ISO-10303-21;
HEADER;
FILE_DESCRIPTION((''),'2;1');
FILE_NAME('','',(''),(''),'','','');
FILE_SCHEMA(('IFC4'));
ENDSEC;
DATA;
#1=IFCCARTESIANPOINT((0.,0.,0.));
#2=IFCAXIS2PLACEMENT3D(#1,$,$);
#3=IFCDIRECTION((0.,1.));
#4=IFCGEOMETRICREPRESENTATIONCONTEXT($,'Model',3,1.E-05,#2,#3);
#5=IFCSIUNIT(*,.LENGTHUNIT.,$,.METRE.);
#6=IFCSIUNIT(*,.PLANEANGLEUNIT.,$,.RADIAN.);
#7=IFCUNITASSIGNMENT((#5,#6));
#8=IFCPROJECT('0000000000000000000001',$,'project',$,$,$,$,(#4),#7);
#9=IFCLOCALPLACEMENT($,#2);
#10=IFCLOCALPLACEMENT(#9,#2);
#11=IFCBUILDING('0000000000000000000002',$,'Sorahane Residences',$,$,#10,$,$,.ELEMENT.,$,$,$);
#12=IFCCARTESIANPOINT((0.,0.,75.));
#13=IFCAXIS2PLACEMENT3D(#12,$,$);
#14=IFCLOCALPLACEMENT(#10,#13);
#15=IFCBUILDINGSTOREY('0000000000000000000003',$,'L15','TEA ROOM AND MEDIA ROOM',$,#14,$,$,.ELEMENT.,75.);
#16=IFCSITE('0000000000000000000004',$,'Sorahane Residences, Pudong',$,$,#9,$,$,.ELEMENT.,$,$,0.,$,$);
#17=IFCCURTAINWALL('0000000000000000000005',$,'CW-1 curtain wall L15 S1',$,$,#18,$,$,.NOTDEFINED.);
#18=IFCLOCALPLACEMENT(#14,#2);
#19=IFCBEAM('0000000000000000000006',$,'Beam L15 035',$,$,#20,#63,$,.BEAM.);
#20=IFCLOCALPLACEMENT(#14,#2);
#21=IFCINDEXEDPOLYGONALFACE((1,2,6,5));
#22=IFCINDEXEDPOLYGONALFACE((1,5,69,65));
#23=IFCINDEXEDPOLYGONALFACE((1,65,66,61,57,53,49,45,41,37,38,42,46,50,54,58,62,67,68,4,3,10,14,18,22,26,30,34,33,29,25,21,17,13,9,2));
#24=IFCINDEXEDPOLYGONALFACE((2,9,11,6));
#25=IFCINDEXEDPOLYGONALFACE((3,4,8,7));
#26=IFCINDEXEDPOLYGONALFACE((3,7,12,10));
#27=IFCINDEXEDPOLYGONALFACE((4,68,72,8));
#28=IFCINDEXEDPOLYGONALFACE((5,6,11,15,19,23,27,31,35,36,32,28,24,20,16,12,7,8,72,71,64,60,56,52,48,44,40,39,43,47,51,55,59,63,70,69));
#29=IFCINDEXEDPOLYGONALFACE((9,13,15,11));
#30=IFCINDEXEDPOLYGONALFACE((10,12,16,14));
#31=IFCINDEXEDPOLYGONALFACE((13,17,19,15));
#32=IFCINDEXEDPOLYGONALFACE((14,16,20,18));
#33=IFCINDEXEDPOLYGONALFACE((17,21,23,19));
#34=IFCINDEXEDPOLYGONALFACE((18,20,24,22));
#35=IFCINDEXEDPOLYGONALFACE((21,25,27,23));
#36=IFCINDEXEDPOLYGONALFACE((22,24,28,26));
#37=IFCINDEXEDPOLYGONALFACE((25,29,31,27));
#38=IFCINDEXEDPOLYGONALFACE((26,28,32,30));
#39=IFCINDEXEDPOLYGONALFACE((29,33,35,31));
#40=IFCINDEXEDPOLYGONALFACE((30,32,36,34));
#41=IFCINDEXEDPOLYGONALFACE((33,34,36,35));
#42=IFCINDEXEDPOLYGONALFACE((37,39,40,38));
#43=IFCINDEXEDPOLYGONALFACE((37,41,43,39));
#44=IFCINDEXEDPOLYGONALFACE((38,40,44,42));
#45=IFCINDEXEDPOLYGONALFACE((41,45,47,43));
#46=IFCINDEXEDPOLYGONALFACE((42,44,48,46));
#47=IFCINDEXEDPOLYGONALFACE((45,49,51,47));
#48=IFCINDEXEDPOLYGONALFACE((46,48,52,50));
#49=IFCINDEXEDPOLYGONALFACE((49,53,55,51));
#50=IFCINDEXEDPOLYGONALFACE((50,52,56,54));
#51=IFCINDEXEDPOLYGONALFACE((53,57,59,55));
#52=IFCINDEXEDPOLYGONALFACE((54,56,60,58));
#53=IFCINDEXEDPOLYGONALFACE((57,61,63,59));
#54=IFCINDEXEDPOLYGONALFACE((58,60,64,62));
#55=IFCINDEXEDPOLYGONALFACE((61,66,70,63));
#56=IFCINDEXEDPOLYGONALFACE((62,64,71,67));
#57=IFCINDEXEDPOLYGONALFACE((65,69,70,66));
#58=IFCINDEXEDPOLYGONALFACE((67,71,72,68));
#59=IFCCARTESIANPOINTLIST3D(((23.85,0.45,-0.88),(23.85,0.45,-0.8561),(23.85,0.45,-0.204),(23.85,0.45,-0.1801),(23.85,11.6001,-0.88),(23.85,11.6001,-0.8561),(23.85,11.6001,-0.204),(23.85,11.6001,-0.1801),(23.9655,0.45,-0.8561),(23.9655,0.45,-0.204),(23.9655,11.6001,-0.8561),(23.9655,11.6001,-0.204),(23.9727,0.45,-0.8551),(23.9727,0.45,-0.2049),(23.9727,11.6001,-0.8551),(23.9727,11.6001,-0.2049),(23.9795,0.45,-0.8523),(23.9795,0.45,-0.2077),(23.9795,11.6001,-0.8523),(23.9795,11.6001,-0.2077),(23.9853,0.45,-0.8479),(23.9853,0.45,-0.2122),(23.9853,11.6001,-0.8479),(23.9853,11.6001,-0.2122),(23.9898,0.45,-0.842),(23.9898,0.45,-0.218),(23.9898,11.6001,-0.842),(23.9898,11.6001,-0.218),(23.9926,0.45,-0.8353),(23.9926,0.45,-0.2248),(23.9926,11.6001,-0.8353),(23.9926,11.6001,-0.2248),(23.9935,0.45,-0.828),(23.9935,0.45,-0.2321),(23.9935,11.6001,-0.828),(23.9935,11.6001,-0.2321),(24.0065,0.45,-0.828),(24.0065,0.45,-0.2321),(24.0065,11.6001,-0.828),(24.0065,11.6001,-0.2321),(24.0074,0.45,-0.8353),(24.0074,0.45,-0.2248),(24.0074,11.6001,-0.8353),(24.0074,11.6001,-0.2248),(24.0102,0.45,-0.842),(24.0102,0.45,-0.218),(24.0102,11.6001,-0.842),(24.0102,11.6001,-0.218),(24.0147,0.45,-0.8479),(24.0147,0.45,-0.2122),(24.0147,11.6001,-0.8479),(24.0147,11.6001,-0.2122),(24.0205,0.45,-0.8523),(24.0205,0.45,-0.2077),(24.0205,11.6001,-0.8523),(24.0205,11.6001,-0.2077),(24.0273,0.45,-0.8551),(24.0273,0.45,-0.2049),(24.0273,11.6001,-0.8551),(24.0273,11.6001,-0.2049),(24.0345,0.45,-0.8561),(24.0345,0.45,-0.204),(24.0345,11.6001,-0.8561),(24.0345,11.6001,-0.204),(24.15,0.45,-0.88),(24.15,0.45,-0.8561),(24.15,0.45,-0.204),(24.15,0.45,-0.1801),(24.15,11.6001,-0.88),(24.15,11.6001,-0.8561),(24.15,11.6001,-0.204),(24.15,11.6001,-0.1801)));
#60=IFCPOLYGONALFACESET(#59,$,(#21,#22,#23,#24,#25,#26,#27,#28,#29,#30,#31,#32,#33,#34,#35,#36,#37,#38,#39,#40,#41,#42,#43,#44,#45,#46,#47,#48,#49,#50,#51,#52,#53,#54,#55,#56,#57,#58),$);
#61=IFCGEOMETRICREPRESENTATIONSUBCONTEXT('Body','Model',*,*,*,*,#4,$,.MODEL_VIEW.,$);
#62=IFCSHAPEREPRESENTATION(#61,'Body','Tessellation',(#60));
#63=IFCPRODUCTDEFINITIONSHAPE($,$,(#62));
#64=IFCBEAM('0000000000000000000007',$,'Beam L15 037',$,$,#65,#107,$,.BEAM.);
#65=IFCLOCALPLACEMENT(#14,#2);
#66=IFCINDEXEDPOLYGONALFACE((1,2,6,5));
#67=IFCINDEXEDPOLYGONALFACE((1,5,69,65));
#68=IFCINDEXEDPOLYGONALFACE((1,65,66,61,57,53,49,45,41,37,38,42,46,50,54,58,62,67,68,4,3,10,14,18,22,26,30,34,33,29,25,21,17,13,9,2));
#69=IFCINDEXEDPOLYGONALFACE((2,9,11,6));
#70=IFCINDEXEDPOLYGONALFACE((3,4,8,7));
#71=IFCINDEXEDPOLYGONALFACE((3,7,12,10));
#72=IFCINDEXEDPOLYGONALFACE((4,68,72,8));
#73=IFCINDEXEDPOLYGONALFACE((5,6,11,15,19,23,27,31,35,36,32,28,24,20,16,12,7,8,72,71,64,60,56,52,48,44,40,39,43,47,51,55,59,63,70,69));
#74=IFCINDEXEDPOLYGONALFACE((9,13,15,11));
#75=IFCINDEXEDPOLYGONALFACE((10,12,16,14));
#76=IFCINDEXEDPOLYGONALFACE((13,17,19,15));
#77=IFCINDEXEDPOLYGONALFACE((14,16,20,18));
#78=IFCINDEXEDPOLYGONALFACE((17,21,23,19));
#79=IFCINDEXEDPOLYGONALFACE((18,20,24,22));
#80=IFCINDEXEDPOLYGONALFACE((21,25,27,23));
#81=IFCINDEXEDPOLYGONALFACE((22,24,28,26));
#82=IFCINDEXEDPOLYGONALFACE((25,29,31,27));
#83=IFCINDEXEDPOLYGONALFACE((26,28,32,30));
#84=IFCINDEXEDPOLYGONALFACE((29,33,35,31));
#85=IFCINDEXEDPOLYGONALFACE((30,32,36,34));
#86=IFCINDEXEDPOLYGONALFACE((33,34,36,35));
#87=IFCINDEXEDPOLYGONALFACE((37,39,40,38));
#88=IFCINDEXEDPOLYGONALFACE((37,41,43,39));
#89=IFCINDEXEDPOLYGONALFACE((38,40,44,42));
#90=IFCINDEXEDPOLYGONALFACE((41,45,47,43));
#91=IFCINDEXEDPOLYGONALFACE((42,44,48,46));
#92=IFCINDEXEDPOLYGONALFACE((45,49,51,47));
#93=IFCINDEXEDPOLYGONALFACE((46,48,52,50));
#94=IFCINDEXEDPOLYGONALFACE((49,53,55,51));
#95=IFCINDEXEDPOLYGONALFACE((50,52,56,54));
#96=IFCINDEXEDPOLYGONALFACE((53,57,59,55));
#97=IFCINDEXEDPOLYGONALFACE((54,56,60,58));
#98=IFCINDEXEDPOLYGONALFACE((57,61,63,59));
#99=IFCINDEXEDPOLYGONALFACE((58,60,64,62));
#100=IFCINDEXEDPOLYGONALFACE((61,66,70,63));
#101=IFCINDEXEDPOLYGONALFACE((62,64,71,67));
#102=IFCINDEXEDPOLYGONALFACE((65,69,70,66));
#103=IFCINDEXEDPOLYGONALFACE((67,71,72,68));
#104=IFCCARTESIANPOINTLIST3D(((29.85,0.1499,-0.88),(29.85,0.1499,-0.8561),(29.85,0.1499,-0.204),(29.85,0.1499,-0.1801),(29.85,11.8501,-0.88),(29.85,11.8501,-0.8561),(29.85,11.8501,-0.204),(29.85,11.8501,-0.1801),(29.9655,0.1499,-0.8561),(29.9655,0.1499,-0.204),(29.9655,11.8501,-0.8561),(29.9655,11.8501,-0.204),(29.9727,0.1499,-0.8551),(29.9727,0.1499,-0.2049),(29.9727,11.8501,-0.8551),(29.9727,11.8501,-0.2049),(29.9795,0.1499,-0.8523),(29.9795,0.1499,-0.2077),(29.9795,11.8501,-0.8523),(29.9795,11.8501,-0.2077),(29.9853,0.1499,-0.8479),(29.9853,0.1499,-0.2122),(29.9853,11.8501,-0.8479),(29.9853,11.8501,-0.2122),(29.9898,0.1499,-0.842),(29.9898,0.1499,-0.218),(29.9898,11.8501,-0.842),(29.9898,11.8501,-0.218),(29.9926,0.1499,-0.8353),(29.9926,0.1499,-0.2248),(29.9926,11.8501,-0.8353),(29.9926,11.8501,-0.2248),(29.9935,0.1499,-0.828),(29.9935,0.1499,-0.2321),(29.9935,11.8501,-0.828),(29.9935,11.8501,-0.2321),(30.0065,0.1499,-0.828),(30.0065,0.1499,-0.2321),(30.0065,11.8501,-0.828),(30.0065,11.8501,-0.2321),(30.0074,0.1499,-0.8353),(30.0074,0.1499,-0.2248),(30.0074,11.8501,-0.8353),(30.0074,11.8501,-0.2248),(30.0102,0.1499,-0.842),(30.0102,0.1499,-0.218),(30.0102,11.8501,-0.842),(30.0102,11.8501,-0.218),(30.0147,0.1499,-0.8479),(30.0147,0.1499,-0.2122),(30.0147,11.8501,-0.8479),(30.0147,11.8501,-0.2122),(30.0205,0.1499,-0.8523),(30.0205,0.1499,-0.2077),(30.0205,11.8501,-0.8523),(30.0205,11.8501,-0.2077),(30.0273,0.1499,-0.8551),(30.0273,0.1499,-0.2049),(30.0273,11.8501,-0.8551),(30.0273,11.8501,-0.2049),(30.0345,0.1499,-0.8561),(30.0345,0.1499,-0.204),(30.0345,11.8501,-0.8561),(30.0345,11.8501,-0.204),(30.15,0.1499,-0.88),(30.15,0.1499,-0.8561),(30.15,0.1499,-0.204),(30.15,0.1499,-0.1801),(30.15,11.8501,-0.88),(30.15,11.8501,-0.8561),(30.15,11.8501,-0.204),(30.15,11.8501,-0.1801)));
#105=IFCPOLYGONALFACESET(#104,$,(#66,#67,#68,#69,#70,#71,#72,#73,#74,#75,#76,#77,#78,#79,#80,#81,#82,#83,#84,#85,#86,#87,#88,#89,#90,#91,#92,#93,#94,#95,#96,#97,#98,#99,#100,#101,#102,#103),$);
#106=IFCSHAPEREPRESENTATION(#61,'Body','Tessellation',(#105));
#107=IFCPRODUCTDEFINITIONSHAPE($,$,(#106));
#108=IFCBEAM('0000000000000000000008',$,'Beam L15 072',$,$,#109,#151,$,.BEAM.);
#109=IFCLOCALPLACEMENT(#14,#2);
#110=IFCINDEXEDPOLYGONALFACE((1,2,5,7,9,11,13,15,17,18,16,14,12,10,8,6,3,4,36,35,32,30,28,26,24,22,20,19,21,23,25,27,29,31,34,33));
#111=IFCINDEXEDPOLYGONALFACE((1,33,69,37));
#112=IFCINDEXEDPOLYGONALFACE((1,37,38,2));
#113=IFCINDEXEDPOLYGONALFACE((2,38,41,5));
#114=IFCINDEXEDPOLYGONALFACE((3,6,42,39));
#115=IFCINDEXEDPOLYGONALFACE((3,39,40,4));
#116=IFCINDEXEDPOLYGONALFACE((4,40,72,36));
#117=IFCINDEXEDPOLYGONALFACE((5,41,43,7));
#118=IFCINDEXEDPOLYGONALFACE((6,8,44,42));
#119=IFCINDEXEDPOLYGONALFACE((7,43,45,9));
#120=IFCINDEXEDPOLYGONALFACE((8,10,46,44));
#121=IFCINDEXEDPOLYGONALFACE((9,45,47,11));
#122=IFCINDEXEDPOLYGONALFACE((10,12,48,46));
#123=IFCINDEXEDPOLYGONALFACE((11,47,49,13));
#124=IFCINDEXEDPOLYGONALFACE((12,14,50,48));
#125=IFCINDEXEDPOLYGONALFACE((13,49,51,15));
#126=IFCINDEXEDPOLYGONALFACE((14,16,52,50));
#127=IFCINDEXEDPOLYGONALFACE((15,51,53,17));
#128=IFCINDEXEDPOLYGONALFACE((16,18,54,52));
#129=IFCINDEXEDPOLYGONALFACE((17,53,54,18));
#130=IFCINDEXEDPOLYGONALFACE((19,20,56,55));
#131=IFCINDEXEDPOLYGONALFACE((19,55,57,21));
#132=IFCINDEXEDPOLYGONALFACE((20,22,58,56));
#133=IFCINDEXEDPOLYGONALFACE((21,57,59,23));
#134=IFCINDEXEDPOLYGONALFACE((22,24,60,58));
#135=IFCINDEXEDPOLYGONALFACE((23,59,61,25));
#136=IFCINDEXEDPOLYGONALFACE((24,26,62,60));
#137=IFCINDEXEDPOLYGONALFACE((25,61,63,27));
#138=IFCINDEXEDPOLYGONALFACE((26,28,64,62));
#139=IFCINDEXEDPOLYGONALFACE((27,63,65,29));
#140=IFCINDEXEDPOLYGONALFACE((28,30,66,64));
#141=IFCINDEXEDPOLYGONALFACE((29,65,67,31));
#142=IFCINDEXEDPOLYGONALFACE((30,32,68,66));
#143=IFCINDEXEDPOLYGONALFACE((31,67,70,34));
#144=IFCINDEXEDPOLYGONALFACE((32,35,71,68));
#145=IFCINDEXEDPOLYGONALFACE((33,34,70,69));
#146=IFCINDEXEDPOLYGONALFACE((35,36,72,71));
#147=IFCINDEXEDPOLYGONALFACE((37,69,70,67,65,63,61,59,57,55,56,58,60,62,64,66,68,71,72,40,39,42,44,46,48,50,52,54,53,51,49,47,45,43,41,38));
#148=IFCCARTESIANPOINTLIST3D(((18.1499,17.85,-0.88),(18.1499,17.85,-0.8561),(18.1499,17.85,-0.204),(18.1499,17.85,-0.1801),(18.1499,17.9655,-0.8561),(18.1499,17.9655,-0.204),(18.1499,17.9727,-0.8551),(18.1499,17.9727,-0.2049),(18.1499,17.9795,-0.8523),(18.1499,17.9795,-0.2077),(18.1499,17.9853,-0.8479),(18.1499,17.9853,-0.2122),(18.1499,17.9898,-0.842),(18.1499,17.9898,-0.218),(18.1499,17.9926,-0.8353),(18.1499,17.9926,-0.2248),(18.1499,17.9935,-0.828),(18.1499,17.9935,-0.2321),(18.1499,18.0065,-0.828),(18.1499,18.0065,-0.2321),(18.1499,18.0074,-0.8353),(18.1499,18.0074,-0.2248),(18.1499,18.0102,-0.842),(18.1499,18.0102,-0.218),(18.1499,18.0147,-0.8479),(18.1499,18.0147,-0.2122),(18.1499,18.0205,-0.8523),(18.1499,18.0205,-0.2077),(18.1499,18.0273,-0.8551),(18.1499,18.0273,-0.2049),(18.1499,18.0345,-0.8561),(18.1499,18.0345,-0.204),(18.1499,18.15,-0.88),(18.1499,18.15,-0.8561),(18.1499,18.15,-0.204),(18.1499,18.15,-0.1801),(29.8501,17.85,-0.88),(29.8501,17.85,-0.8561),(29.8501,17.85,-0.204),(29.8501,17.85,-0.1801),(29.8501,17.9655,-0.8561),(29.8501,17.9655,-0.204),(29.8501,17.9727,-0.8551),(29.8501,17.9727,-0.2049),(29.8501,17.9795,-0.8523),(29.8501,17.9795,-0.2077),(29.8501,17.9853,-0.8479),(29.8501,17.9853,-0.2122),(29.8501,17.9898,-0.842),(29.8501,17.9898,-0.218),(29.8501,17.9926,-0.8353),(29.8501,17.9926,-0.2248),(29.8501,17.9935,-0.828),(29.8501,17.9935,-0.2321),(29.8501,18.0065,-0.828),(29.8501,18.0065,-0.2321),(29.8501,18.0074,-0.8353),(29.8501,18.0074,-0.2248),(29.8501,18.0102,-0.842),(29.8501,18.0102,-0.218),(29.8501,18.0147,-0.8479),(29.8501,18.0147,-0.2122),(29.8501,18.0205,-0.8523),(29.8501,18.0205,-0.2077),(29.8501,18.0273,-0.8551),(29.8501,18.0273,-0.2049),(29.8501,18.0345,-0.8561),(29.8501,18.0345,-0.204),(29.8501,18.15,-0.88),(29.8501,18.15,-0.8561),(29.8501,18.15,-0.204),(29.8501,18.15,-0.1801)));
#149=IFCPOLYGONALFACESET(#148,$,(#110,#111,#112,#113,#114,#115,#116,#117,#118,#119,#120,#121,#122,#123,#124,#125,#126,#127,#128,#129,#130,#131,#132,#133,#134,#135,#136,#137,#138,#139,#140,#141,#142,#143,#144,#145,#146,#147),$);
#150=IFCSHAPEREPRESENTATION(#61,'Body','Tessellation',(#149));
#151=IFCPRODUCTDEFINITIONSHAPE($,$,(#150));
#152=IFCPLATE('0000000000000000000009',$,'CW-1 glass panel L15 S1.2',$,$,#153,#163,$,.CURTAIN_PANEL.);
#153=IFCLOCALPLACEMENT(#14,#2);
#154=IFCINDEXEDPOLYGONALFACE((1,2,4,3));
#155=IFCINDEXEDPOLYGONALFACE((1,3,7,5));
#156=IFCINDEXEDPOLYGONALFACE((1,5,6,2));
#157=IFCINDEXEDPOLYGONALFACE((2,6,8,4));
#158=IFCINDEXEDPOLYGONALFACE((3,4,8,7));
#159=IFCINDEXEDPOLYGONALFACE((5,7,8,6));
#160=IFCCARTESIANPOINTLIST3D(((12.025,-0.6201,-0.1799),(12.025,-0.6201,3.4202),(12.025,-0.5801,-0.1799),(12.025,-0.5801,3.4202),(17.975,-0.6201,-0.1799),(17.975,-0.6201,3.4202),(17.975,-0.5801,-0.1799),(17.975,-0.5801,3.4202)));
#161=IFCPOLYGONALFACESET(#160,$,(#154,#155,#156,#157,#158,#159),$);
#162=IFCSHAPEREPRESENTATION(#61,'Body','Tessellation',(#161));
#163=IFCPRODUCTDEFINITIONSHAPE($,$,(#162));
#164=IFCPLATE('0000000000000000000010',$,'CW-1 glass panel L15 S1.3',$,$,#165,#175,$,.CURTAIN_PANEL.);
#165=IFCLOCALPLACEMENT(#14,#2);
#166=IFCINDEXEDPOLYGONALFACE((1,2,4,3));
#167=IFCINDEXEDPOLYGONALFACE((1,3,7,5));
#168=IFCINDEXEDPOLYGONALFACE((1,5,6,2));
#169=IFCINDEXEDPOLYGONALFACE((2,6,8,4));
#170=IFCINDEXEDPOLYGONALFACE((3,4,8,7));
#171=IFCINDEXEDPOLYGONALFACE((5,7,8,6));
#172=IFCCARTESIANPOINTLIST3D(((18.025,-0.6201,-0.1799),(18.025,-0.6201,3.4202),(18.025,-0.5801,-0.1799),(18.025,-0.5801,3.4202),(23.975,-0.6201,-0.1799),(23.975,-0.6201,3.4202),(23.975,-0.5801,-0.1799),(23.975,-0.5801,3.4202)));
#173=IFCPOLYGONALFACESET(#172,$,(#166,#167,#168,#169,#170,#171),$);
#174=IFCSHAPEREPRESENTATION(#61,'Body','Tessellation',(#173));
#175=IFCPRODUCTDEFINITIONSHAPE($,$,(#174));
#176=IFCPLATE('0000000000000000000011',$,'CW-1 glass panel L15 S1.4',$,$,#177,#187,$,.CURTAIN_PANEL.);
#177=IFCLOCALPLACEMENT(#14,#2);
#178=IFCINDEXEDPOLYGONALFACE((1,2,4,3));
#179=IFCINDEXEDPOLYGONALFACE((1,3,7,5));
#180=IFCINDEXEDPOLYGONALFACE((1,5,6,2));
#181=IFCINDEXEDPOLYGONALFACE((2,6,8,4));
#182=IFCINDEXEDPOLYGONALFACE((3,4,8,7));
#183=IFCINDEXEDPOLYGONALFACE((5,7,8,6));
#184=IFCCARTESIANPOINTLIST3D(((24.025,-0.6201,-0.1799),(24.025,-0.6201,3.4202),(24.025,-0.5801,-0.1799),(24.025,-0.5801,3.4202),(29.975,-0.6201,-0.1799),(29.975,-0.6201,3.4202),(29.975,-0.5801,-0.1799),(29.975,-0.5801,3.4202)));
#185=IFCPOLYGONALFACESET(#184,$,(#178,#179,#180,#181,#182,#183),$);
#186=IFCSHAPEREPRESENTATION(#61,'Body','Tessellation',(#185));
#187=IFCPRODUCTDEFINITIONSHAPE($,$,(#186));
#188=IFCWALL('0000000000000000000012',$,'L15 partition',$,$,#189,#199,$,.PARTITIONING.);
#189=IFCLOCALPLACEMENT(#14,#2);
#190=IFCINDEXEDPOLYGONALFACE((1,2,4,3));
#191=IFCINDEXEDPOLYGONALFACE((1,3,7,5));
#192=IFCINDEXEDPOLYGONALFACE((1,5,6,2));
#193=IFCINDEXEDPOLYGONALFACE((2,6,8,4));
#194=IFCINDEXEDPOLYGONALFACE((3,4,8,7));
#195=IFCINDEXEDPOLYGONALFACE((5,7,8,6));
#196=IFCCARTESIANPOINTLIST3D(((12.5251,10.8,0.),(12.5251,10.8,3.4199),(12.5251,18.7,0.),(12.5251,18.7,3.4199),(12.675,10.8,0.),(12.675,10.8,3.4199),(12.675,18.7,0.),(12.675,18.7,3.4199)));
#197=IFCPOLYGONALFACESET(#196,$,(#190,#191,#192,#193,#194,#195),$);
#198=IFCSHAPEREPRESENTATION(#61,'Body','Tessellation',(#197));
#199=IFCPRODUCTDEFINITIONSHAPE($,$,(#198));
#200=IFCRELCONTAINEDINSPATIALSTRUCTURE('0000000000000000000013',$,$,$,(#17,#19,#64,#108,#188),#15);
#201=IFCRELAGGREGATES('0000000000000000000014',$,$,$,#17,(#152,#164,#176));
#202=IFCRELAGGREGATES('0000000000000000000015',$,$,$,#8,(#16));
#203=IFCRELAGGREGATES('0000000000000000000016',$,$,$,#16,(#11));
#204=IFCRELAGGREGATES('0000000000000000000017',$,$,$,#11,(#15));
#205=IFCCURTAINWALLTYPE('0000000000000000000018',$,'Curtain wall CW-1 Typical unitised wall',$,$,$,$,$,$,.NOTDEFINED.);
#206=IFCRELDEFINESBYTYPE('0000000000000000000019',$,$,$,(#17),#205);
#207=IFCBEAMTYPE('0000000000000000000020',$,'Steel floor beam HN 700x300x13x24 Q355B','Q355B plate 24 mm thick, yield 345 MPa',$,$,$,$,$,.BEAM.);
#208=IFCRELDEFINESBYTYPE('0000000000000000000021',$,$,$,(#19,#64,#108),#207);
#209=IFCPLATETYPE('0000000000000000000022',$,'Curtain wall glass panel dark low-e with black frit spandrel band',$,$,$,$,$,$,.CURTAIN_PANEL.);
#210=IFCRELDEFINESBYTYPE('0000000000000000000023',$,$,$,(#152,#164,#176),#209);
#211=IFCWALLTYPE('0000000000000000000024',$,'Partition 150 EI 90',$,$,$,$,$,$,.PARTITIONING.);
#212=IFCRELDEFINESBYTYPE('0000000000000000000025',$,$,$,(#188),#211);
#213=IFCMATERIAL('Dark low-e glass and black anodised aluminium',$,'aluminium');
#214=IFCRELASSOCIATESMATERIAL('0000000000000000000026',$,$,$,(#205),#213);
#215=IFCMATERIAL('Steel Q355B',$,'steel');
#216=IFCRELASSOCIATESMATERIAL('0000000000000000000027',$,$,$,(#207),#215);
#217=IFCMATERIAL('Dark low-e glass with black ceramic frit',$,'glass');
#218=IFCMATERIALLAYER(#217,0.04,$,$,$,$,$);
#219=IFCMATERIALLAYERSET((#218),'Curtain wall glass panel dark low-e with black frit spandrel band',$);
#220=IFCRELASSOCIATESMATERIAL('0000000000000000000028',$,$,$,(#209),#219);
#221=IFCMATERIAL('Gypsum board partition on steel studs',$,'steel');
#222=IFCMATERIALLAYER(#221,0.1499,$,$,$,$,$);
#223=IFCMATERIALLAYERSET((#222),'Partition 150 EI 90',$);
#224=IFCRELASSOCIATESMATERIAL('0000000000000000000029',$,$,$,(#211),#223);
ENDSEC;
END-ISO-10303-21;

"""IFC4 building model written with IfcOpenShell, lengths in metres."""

from ifc_helpers import new_model, si_unit, direction, frame, frame_2d, origin, origin_2d, place, context, subcontext, project, spatial, rectangle, i_section, extrude, material, layer, layer_set, material_profile, profile_set, type_object, element, aggregate, save


model = new_model("IFC4")

# Units and contexts
model_context = context("Model", 3, precision=1e-05, world=origin(), true_north=direction((0.0, 1.0)))
body_context = subcontext(model_context, "Body", "Model", "MODEL_VIEW")
ifc_project = project(units=[si_unit("LENGTHUNIT", "METRE"), si_unit("PLANEANGLEUNIT", "RADIAN")], contexts=[model_context])

# Site, building, storey
site_placement = place(None, origin())
site = spatial("IfcSite", under=ifc_project, at=site_placement, Name="Sorahane Residences, Pudong", CompositionType="ELEMENT", RefElevation=0.0)
building_placement = place(site_placement, origin())
building = spatial("IfcBuilding", under=site, at=building_placement, Name="Sorahane Residences", CompositionType="ELEMENT")
storey_placement = place(building_placement, frame((0.0, 0.0, 75.0)))
storey = spatial("IfcBuildingStorey", under=building, at=storey_placement, Name="L15", Description="TEA ROOM AND MEDIA ROOM", CompositionType="ELEMENT", Elevation=75.0)

# Curtain wall
ifc_material_1 = material(Name="Dark low-e glass and black anodised aluminium", Category="aluminium")
curtain_wall_type = type_object("IfcCurtainWallType", Name="Curtain wall CW-1 Typical unitised wall", PredefinedType="NOTDEFINED", material=ifc_material_1)
curtain_wall_placement = place(storey_placement, origin())
curtain_wall = element("IfcCurtainWall", 1, at=curtain_wall_placement, inside=storey, type_object=curtain_wall_type, Name="CW-1 curtain wall L15 S1", PredefinedType="NOTDEFINED")

# Beams
ifc_material_2 = material(Name="Steel Q355B", Category="steel")
ifc_material_profile_1 = material_profile(ifc_material_2, i_section(OverallWidth=0.3, OverallDepth=0.7, WebThickness=0.0129, FlangeThickness=0.0239, FilletRadius=0.0281, at=origin_2d()), Name="HN 700x300x13x24")
ifc_profile_set_1 = profile_set([ifc_material_profile_1], Name="Steel Q355B")
beam_type_1 = type_object("IfcBeamType", Name="Steel floor beam HN 700x300x13x24 Q355B", Description="Q355B plate 24 mm thick, yield 345 MPa", PredefinedType="BEAM", material=ifc_profile_set_1)
beam_1_placement = place(storey_placement, frame((24.0, 0.45, -0.53), z_axis=(0.0, 1.0, 0.0), x_axis=(-1.0, 0.0, 0.0)))
element("IfcBeam", 2, at=beam_1_placement, inside=storey, type_object=beam_type_1, Name="Beam L15 035", PredefinedType="BEAM", context=body_context, shape_type="SweptSolid", body=[
    extrude(i_section(OverallWidth=0.3, OverallDepth=0.7, WebThickness=0.0129, FlangeThickness=0.0239, FilletRadius=0.0281, at=origin_2d()), origin(), (0.0, 0.0, 1.0), 11.1501),
])
for number, where, z_axis, x_axis, name in (
    (3, (30.0, 0.1499, -0.53), (0.0, 1.0, 0.0), (-1.0, 0.0, 0.0), "Beam L15 037"),
    (4, (18.1499, 18.0, -0.53), (1.0, 0.0, 0.0), (0.0, 1.0, 0.0), "Beam L15 072"),
):
    element("IfcBeam", number, at=place(storey_placement, frame(where, z_axis=z_axis, x_axis=x_axis)), inside=storey, type_object=beam_type_1, Name=name, PredefinedType="BEAM", context=body_context, shape_type="SweptSolid", body=[
        extrude(i_section(OverallWidth=0.3, OverallDepth=0.7, WebThickness=0.0129, FlangeThickness=0.0239, FilletRadius=0.0281, at=origin_2d()), origin(), (0.0, 0.0, 1.0), 11.7002),
    ])

# Plates
ifc_material_3 = material(Name="Dark low-e glass with black ceramic frit", Category="glass")
ifc_layer_1 = layer(ifc_material_3, 0.04)
ifc_layer_set_1 = layer_set([ifc_layer_1], Name="Curtain wall glass panel dark low-e with black frit spandrel band")
plate_type = type_object("IfcPlateType", Name="Curtain wall glass panel dark low-e with black frit spandrel band", PredefinedType="CURTAIN_PANEL", material=ifc_layer_set_1)
plate_1_placement = place(storey_placement, frame((15.0, -0.6001, -0.1799), z_axis=(0.0, 0.0, 1.0), x_axis=(1.0, 0.0, 0.0)))
plate_1 = element("IfcPlate", 5, at=plate_1_placement, type_object=plate_type, Name="CW-1 glass panel L15 S1.2", PredefinedType="CURTAIN_PANEL", context=body_context, shape_type="SweptSolid", body=[
    extrude(rectangle(XDim=5.95, YDim=0.04, at=origin_2d()), origin(), (0.0, 0.0, 1.0), 3.6001),
])
plate_2_placement = place(storey_placement, frame((21.0, -0.6001, -0.1799), z_axis=(0.0, 0.0, 1.0), x_axis=(1.0, 0.0, 0.0)))
plate_2 = element("IfcPlate", 6, at=plate_2_placement, type_object=plate_type, Name="CW-1 glass panel L15 S1.3", PredefinedType="CURTAIN_PANEL", context=body_context, shape_type="SweptSolid", body=[
    extrude(rectangle(XDim=5.95, YDim=0.04, at=origin_2d()), origin(), (0.0, 0.0, 1.0), 3.6001),
])
plate_3_placement = place(storey_placement, frame((27.0, -0.6001, -0.1799), z_axis=(0.0, 0.0, 1.0), x_axis=(1.0, 0.0, 0.0)))
plate_3 = element("IfcPlate", 7, at=plate_3_placement, type_object=plate_type, Name="CW-1 glass panel L15 S1.4", PredefinedType="CURTAIN_PANEL", context=body_context, shape_type="SweptSolid", body=[
    extrude(rectangle(XDim=5.95, YDim=0.04, at=origin_2d()), origin(), (0.0, 0.0, 1.0), 3.6001),
])
aggregate(curtain_wall, [plate_1, plate_2, plate_3])

# Wall
ifc_material_4 = material(Name="Gypsum board partition on steel studs", Category="steel")
ifc_layer_2 = layer(ifc_material_4, 0.1499)
ifc_layer_set_2 = layer_set([ifc_layer_2], Name="Partition 150 EI 90")
wall_type = type_object("IfcWallType", Name="Partition 150 EI 90", PredefinedType="PARTITIONING", material=ifc_layer_set_2)
for number, where, z_axis, x_axis, name in (
    (8, (12.6001, 10.8, 0.0), (0.0, 0.0, 1.0), (0.0, 1.0, 0.0), "L15 partition"),
):
    element("IfcWall", number, at=place(storey_placement, frame(where, z_axis=z_axis, x_axis=x_axis)), inside=storey, type_object=wall_type, Name=name, PredefinedType="PARTITIONING", context=body_context, shape_type="SweptSolid", body=[
        extrude(rectangle(XDim=7.8999, YDim=0.1499, at=frame_2d((3.95, 0.0))), origin(), (0.0, 0.0, 1.0), 3.4199),
    ])

save(model, "model.ifc")
